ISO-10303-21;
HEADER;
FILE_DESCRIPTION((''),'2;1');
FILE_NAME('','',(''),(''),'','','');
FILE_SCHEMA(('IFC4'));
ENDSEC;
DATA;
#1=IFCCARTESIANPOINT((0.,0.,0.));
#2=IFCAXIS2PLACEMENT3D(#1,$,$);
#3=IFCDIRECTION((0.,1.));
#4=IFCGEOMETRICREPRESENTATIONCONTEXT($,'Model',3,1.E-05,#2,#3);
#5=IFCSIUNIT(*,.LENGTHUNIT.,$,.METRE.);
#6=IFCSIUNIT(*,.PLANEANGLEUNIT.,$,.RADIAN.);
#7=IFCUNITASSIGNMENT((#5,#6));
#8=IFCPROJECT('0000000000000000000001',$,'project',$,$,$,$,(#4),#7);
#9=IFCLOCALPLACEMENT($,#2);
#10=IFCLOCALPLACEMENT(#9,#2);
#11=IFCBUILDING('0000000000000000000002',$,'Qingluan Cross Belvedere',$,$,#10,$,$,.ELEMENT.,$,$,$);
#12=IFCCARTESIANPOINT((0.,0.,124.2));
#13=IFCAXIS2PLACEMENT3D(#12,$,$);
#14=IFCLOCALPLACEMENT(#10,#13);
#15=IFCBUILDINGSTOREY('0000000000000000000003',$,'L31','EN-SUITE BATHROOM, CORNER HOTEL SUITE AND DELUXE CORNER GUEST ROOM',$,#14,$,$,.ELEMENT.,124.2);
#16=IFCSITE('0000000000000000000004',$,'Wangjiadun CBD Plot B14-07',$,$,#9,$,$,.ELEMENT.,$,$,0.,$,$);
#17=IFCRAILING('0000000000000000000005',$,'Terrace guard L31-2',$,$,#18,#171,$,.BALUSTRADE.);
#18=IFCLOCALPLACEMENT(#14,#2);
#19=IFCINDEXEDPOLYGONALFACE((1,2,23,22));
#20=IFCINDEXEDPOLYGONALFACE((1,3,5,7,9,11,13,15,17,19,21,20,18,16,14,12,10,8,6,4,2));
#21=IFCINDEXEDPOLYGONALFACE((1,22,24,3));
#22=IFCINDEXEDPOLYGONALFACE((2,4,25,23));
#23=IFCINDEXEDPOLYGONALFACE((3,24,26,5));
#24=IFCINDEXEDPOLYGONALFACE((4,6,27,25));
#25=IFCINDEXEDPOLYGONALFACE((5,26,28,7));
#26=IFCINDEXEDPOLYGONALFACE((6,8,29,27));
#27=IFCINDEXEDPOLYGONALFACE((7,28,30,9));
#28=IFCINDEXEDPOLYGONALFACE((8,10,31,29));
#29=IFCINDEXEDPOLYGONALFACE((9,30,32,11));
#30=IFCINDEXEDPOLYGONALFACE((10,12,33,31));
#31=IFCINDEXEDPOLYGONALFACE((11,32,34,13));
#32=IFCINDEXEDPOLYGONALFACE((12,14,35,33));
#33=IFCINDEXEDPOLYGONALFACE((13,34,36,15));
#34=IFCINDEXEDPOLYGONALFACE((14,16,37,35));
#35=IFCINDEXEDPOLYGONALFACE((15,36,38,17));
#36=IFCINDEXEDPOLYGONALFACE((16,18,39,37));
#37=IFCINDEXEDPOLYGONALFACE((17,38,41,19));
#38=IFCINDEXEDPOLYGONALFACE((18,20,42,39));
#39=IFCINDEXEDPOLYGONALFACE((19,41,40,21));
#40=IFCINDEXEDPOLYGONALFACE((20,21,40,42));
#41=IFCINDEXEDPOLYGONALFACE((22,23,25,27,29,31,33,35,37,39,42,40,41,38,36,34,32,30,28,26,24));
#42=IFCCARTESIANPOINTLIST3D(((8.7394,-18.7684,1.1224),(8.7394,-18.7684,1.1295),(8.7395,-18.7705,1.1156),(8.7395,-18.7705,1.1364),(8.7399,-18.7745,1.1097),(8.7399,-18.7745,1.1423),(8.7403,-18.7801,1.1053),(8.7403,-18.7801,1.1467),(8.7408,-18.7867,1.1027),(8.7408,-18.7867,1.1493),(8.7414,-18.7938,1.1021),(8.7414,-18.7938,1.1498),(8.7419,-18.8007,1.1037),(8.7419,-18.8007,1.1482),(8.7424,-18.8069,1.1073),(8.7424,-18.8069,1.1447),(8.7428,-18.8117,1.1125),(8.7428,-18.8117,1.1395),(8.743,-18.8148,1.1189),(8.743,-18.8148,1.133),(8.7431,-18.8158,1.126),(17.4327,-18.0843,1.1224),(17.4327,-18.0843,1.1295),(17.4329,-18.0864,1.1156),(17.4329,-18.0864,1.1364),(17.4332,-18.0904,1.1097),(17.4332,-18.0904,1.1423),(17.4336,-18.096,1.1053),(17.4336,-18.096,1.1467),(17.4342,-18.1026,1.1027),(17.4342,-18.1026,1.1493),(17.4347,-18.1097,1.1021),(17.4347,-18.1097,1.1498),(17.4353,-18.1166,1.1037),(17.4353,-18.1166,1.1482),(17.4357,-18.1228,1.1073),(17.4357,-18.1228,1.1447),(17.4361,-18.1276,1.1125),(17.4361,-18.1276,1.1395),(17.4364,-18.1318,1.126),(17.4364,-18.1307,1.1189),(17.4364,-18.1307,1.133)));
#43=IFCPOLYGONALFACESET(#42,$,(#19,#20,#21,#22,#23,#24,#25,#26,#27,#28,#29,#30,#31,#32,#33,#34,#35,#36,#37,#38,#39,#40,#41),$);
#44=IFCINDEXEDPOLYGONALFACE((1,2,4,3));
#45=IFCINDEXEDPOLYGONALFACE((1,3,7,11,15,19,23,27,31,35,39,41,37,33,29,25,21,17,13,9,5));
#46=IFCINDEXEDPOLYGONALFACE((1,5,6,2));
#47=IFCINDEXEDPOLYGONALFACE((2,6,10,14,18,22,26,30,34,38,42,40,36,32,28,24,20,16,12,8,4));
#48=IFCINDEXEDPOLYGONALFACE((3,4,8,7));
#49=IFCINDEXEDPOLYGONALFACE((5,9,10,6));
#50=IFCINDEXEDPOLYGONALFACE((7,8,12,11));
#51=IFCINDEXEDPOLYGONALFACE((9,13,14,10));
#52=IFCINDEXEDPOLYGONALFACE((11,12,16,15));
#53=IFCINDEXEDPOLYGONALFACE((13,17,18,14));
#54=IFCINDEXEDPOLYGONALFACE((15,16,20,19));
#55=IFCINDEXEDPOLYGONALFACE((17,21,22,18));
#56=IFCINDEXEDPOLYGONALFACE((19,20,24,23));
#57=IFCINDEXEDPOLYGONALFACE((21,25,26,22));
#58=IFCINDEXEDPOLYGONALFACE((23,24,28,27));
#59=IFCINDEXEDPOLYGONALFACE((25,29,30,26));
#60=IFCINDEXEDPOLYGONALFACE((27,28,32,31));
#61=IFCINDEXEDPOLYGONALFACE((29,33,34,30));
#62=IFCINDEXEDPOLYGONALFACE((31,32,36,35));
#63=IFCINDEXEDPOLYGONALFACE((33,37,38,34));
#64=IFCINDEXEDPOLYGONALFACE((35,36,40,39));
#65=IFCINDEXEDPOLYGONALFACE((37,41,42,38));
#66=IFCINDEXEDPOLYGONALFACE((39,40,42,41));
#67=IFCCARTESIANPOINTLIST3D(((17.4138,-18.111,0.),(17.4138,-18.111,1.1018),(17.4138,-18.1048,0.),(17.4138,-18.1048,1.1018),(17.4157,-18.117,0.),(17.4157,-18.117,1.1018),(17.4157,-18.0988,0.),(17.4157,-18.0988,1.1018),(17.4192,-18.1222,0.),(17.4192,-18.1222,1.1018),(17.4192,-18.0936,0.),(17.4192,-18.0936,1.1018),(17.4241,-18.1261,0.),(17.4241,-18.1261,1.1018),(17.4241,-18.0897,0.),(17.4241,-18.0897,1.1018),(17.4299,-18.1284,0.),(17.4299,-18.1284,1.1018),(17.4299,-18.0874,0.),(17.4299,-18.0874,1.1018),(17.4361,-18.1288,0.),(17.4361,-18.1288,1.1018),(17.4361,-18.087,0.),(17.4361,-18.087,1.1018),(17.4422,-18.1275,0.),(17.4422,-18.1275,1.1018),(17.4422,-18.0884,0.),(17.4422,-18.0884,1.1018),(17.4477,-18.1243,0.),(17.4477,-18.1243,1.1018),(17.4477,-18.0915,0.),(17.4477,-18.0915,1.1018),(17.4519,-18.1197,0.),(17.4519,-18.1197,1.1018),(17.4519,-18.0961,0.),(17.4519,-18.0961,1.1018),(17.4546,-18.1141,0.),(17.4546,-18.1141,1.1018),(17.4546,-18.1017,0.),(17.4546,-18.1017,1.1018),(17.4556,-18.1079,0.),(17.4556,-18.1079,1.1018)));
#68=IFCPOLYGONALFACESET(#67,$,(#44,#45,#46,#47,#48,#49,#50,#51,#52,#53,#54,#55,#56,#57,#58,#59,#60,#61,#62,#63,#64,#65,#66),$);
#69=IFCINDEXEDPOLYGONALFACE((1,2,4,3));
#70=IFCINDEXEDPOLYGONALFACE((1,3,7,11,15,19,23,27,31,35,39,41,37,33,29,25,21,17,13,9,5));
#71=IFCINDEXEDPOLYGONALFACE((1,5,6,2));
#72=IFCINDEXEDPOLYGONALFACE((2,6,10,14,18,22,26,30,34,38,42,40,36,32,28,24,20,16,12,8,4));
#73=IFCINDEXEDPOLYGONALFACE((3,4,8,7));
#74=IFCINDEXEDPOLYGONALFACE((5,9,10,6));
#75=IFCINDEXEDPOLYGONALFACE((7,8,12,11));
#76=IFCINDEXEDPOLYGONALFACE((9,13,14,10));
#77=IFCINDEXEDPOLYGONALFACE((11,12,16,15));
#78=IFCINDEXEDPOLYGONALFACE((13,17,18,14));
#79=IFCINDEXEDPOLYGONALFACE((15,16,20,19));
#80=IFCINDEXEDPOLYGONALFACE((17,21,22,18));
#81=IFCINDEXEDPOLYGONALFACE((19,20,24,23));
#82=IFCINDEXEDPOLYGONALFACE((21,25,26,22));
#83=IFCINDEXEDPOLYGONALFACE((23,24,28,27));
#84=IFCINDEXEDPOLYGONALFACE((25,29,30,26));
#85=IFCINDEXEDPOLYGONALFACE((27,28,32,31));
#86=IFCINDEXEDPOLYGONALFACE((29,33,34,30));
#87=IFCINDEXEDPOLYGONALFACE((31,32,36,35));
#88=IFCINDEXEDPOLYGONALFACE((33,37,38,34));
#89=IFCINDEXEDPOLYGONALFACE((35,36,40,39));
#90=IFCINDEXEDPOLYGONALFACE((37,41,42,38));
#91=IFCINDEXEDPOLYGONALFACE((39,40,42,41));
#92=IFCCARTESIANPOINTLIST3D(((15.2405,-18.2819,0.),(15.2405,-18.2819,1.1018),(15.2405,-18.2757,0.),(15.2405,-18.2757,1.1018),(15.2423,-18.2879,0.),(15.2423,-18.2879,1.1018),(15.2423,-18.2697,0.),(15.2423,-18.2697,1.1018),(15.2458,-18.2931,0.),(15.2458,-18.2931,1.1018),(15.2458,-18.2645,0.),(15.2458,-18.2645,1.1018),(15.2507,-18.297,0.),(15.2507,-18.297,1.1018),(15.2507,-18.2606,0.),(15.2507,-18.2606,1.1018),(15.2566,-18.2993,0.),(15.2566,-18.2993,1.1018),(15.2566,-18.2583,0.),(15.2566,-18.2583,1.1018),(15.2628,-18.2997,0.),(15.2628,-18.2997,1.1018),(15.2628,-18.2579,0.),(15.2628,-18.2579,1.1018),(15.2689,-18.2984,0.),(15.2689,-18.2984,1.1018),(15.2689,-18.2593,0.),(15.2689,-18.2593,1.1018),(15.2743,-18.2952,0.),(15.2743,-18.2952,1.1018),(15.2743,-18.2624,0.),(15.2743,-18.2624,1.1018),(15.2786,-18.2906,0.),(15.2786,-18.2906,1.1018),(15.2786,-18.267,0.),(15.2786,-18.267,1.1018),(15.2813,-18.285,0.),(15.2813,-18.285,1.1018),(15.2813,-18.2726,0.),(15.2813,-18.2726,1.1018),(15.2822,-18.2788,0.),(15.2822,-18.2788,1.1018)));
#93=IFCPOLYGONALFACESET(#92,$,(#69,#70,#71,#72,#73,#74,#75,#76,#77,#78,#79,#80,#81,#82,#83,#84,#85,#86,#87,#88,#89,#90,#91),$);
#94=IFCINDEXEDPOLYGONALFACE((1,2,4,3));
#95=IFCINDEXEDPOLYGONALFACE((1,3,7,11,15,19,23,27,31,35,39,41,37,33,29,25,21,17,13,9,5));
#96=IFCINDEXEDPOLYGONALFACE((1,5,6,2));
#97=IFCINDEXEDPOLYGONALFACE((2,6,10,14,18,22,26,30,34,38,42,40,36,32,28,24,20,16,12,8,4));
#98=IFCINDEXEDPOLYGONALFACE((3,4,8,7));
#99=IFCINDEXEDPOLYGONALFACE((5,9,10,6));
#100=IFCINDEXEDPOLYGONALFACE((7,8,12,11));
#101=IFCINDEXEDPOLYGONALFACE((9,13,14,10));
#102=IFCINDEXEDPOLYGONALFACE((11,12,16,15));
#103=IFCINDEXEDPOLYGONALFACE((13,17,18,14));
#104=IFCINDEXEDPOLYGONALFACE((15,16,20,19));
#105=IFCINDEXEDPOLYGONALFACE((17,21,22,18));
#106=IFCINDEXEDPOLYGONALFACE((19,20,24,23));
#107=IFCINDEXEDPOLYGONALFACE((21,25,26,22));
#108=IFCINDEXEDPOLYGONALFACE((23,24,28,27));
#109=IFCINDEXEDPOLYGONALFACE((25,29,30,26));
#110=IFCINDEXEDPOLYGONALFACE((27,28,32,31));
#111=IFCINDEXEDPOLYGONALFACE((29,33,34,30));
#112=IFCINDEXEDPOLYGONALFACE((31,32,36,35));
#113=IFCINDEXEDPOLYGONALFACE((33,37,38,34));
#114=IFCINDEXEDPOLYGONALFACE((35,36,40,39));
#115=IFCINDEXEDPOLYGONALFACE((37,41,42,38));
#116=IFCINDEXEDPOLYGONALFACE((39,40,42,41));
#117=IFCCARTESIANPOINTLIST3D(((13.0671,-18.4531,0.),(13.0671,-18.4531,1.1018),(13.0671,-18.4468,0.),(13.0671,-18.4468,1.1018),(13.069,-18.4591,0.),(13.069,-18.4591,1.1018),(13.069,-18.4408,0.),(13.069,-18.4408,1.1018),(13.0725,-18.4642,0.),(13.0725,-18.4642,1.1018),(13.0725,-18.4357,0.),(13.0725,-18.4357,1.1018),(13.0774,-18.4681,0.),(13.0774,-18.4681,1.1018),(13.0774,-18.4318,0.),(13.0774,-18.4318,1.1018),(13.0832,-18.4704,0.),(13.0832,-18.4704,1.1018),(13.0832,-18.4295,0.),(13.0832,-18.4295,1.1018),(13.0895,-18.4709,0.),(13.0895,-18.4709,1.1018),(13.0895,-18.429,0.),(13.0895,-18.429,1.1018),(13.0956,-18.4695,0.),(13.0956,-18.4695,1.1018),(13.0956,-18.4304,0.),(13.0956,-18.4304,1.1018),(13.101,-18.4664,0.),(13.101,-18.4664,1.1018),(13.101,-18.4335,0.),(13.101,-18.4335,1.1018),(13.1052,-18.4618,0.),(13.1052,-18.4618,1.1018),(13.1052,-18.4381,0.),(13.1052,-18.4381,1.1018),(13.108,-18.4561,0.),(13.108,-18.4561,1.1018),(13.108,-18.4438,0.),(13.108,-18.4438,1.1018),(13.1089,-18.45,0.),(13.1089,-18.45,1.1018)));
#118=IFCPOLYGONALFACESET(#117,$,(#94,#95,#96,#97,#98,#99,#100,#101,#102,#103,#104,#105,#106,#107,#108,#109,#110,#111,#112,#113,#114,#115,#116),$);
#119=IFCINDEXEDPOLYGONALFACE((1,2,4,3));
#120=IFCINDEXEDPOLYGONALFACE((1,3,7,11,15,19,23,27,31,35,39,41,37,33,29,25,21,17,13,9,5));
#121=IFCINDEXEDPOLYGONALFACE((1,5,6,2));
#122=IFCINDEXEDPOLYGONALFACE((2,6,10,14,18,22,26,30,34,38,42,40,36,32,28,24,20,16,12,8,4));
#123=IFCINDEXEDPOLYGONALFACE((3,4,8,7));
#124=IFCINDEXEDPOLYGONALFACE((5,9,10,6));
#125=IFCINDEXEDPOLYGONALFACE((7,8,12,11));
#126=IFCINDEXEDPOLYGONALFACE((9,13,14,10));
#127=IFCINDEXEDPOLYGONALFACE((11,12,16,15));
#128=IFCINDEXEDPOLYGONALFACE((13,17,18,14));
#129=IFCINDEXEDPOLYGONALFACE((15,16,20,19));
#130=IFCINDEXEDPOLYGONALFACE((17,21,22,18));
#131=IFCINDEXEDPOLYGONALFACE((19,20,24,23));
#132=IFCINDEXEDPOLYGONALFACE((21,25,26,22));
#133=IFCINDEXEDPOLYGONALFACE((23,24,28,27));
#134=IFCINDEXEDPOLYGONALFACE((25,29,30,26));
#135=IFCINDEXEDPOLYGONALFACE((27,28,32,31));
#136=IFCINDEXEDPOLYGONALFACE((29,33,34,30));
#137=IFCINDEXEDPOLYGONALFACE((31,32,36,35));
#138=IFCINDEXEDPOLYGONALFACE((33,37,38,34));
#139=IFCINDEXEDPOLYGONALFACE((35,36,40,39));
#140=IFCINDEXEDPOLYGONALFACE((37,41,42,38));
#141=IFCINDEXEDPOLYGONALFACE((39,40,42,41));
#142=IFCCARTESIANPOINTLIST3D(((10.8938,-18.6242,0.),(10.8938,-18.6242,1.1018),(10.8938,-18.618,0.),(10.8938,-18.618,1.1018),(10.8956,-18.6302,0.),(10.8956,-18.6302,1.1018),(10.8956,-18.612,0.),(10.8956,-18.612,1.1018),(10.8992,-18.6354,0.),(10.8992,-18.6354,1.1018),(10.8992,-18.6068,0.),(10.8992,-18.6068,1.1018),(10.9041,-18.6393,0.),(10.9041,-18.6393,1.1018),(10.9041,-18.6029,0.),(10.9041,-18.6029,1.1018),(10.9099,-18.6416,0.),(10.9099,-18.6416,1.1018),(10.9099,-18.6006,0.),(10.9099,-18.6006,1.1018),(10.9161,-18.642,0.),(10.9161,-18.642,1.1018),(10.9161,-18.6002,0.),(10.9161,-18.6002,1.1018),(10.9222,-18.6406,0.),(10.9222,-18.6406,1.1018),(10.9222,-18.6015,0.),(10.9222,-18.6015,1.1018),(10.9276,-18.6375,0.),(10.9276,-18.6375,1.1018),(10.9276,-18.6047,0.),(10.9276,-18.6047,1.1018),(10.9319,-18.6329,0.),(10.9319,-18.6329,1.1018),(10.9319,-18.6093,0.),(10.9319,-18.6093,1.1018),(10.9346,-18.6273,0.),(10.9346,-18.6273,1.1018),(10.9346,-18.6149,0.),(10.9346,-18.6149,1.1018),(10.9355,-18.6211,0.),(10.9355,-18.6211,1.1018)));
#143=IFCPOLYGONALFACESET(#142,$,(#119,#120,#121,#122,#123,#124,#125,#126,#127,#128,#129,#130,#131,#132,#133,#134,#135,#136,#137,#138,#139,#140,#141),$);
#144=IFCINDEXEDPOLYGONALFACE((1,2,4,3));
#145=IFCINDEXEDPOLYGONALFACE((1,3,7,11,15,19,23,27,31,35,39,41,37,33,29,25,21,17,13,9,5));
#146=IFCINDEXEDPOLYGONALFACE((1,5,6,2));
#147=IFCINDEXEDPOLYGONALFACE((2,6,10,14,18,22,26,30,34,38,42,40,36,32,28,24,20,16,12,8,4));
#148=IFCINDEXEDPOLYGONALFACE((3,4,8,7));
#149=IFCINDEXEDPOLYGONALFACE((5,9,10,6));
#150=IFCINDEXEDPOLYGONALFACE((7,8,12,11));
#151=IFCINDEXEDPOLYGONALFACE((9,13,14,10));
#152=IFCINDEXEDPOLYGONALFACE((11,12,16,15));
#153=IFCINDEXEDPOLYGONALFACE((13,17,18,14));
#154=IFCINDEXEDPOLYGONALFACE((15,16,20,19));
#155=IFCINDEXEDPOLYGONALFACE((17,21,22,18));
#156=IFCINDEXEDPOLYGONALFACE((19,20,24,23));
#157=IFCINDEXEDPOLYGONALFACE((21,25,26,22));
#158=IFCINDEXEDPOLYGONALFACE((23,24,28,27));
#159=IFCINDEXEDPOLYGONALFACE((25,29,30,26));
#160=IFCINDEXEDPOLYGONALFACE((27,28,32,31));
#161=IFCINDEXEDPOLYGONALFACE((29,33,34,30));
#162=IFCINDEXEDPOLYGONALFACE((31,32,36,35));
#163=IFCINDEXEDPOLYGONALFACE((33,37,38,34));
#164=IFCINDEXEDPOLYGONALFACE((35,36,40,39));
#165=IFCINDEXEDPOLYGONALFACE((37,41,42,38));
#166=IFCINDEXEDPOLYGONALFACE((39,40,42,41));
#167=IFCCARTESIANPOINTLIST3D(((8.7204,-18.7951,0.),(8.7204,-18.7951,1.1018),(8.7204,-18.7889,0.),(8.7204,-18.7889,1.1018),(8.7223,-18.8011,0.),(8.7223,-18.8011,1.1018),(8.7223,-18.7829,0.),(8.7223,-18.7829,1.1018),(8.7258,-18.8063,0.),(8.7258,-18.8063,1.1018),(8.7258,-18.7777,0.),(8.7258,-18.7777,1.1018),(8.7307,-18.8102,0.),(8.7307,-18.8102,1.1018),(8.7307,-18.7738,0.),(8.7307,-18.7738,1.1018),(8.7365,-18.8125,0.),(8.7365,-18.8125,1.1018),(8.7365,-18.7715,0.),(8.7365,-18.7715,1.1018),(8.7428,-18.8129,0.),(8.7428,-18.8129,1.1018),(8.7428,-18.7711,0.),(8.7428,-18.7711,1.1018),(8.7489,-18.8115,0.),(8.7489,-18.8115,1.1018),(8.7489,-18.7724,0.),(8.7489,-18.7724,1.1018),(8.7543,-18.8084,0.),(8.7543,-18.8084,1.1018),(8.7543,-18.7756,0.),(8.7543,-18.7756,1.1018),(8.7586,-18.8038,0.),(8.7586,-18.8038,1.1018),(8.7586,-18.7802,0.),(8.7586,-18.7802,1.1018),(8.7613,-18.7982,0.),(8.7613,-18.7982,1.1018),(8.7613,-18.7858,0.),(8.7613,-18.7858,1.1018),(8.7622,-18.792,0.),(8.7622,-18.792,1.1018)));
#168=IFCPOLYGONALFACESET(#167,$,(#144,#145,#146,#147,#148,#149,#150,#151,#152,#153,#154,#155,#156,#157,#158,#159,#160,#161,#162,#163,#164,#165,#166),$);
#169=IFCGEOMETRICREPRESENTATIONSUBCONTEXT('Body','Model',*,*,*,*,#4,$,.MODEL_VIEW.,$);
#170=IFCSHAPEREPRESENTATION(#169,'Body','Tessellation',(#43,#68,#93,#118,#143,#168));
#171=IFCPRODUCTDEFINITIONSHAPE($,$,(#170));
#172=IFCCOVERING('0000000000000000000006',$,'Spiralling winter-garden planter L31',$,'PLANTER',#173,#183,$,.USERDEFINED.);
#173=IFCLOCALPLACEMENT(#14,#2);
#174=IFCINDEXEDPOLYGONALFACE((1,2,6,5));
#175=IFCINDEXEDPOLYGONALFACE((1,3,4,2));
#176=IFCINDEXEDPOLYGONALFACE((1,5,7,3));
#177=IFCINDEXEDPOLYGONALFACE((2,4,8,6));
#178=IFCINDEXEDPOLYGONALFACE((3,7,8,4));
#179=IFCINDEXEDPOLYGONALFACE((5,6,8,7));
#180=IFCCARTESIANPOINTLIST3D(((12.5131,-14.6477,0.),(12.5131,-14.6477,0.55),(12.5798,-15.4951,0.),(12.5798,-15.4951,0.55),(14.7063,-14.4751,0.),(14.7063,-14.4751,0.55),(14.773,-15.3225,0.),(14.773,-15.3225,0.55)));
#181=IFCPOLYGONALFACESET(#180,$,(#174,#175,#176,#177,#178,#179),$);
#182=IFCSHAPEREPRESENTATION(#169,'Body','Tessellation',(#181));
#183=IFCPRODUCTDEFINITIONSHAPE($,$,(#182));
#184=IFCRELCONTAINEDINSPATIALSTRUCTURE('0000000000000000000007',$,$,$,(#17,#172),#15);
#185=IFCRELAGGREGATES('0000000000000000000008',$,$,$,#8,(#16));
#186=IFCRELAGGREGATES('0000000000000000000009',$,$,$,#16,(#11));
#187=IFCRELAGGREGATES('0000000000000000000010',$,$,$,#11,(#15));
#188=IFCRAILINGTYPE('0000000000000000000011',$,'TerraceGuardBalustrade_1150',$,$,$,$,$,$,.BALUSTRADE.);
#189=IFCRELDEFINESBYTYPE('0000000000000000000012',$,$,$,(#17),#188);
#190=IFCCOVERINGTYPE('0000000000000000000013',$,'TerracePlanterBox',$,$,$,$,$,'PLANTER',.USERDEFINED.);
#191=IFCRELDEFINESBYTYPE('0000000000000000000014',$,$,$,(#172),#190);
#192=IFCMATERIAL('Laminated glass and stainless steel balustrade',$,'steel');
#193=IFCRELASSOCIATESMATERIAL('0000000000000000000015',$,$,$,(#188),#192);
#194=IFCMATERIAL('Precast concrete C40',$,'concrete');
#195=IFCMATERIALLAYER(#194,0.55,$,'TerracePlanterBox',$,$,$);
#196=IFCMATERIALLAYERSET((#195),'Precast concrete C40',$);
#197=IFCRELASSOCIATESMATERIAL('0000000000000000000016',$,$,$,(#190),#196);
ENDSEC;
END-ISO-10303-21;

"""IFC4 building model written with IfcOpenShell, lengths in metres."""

from ifc_helpers import new_model, si_unit, direction, frame, origin, origin_2d, place, context, subcontext, project, spatial, rectangle, circle, extrude, material, layer, layer_set, type_object, element, save


model = new_model("IFC4")

# Units and contexts
model_context = context("Model", 3, precision=1e-05, world=origin(), true_north=direction((0.0, 1.0)))
body_context = subcontext(model_context, "Body", "Model", "MODEL_VIEW")
ifc_project = project(units=[si_unit("LENGTHUNIT", "METRE"), si_unit("PLANEANGLEUNIT", "RADIAN")], contexts=[model_context])

# Site, building, storey
site_placement = place(None, origin())
site = spatial("IfcSite", under=ifc_project, at=site_placement, Name="Wangjiadun CBD Plot B14-07", CompositionType="ELEMENT", RefElevation=0.0)
building_placement = place(site_placement, origin())
building = spatial("IfcBuilding", under=site, at=building_placement, Name="Qingluan Cross Belvedere", CompositionType="ELEMENT")
storey_placement = place(building_placement, frame((0.0, 0.0, 124.2)))
storey = spatial("IfcBuildingStorey", under=building, at=storey_placement, Name="L31", Description="EN-SUITE BATHROOM, CORNER HOTEL SUITE AND DELUXE CORNER GUEST ROOM", CompositionType="ELEMENT", Elevation=124.2)

# Railing
ifc_material_1 = material(Name="Laminated glass and stainless steel balustrade", Category="steel")
railing_type = type_object("IfcRailingType", Name="TerraceGuardBalustrade_1150", PredefinedType="BALUSTRADE", material=ifc_material_1)
railing_placement = place(storey_placement, frame((17.4346, -18.1079, 0.0)))
element("IfcRailing", 1, at=railing_placement, inside=storey, type_object=railing_type, Name="Terrace guard L31-2", PredefinedType="BALUSTRADE", context=body_context, shape_type="SweptSolid", body=[
    extrude(circle(Radius=0.0239, at=origin_2d()), frame((0.0, 0.0, 1.126), z_axis=(-0.996918, -0.078448, 0.0), x_axis=(0.078448, -0.996918, 0.0)), (0.0, 0.0, 1.0), 8.7202),
    extrude(circle(Radius=0.021, at=origin_2d()), origin(), (0.0, 0.0, 1.0), 1.1018),
    extrude(circle(Radius=0.021, at=origin_2d()), frame((-2.1733, -0.1709, 0.0)), (0.0, 0.0, 1.0), 1.1018),
    extrude(circle(Radius=0.021, at=origin_2d()), frame((-4.3467, -0.342, 0.0)), (0.0, 0.0, 1.0), 1.1018),
    extrude(circle(Radius=0.021, at=origin_2d()), frame((-6.52, -0.5132, 0.0)), (0.0, 0.0, 1.0), 1.1018),
    extrude(circle(Radius=0.021, at=origin_2d()), frame((-8.6934, -0.6841, 0.0)), (0.0, 0.0, 1.0), 1.1018),
])

# Covering
ifc_material_2 = material(Name="Precast concrete C40", Category="concrete")
ifc_layer_1 = layer(ifc_material_2, 0.55, Name="TerracePlanterBox")
ifc_layer_set_1 = layer_set([ifc_layer_1], Name="Precast concrete C40")
covering_type_1 = type_object("IfcCoveringType", Name="TerracePlanterBox", ElementType="PLANTER", PredefinedType="USERDEFINED", material=ifc_layer_set_1)
covering_placement = place(storey_placement, frame((13.6431, -14.9851, 0.0), z_axis=(0.0, 0.0, 1.0), x_axis=(0.996917, 0.078459, 0.0)))
element("IfcCovering", 2, at=covering_placement, inside=storey, type_object=covering_type_1, Name="Spiralling winter-garden planter L31", ObjectType="PLANTER", PredefinedType="USERDEFINED", context=body_context, shape_type="SweptSolid", body=[
    extrude(rectangle(XDim=2.2, YDim=0.8501, at=origin_2d()), origin(), (0.0, 0.0, 1.0), 0.55),
])

save(model, "model.ifc")
